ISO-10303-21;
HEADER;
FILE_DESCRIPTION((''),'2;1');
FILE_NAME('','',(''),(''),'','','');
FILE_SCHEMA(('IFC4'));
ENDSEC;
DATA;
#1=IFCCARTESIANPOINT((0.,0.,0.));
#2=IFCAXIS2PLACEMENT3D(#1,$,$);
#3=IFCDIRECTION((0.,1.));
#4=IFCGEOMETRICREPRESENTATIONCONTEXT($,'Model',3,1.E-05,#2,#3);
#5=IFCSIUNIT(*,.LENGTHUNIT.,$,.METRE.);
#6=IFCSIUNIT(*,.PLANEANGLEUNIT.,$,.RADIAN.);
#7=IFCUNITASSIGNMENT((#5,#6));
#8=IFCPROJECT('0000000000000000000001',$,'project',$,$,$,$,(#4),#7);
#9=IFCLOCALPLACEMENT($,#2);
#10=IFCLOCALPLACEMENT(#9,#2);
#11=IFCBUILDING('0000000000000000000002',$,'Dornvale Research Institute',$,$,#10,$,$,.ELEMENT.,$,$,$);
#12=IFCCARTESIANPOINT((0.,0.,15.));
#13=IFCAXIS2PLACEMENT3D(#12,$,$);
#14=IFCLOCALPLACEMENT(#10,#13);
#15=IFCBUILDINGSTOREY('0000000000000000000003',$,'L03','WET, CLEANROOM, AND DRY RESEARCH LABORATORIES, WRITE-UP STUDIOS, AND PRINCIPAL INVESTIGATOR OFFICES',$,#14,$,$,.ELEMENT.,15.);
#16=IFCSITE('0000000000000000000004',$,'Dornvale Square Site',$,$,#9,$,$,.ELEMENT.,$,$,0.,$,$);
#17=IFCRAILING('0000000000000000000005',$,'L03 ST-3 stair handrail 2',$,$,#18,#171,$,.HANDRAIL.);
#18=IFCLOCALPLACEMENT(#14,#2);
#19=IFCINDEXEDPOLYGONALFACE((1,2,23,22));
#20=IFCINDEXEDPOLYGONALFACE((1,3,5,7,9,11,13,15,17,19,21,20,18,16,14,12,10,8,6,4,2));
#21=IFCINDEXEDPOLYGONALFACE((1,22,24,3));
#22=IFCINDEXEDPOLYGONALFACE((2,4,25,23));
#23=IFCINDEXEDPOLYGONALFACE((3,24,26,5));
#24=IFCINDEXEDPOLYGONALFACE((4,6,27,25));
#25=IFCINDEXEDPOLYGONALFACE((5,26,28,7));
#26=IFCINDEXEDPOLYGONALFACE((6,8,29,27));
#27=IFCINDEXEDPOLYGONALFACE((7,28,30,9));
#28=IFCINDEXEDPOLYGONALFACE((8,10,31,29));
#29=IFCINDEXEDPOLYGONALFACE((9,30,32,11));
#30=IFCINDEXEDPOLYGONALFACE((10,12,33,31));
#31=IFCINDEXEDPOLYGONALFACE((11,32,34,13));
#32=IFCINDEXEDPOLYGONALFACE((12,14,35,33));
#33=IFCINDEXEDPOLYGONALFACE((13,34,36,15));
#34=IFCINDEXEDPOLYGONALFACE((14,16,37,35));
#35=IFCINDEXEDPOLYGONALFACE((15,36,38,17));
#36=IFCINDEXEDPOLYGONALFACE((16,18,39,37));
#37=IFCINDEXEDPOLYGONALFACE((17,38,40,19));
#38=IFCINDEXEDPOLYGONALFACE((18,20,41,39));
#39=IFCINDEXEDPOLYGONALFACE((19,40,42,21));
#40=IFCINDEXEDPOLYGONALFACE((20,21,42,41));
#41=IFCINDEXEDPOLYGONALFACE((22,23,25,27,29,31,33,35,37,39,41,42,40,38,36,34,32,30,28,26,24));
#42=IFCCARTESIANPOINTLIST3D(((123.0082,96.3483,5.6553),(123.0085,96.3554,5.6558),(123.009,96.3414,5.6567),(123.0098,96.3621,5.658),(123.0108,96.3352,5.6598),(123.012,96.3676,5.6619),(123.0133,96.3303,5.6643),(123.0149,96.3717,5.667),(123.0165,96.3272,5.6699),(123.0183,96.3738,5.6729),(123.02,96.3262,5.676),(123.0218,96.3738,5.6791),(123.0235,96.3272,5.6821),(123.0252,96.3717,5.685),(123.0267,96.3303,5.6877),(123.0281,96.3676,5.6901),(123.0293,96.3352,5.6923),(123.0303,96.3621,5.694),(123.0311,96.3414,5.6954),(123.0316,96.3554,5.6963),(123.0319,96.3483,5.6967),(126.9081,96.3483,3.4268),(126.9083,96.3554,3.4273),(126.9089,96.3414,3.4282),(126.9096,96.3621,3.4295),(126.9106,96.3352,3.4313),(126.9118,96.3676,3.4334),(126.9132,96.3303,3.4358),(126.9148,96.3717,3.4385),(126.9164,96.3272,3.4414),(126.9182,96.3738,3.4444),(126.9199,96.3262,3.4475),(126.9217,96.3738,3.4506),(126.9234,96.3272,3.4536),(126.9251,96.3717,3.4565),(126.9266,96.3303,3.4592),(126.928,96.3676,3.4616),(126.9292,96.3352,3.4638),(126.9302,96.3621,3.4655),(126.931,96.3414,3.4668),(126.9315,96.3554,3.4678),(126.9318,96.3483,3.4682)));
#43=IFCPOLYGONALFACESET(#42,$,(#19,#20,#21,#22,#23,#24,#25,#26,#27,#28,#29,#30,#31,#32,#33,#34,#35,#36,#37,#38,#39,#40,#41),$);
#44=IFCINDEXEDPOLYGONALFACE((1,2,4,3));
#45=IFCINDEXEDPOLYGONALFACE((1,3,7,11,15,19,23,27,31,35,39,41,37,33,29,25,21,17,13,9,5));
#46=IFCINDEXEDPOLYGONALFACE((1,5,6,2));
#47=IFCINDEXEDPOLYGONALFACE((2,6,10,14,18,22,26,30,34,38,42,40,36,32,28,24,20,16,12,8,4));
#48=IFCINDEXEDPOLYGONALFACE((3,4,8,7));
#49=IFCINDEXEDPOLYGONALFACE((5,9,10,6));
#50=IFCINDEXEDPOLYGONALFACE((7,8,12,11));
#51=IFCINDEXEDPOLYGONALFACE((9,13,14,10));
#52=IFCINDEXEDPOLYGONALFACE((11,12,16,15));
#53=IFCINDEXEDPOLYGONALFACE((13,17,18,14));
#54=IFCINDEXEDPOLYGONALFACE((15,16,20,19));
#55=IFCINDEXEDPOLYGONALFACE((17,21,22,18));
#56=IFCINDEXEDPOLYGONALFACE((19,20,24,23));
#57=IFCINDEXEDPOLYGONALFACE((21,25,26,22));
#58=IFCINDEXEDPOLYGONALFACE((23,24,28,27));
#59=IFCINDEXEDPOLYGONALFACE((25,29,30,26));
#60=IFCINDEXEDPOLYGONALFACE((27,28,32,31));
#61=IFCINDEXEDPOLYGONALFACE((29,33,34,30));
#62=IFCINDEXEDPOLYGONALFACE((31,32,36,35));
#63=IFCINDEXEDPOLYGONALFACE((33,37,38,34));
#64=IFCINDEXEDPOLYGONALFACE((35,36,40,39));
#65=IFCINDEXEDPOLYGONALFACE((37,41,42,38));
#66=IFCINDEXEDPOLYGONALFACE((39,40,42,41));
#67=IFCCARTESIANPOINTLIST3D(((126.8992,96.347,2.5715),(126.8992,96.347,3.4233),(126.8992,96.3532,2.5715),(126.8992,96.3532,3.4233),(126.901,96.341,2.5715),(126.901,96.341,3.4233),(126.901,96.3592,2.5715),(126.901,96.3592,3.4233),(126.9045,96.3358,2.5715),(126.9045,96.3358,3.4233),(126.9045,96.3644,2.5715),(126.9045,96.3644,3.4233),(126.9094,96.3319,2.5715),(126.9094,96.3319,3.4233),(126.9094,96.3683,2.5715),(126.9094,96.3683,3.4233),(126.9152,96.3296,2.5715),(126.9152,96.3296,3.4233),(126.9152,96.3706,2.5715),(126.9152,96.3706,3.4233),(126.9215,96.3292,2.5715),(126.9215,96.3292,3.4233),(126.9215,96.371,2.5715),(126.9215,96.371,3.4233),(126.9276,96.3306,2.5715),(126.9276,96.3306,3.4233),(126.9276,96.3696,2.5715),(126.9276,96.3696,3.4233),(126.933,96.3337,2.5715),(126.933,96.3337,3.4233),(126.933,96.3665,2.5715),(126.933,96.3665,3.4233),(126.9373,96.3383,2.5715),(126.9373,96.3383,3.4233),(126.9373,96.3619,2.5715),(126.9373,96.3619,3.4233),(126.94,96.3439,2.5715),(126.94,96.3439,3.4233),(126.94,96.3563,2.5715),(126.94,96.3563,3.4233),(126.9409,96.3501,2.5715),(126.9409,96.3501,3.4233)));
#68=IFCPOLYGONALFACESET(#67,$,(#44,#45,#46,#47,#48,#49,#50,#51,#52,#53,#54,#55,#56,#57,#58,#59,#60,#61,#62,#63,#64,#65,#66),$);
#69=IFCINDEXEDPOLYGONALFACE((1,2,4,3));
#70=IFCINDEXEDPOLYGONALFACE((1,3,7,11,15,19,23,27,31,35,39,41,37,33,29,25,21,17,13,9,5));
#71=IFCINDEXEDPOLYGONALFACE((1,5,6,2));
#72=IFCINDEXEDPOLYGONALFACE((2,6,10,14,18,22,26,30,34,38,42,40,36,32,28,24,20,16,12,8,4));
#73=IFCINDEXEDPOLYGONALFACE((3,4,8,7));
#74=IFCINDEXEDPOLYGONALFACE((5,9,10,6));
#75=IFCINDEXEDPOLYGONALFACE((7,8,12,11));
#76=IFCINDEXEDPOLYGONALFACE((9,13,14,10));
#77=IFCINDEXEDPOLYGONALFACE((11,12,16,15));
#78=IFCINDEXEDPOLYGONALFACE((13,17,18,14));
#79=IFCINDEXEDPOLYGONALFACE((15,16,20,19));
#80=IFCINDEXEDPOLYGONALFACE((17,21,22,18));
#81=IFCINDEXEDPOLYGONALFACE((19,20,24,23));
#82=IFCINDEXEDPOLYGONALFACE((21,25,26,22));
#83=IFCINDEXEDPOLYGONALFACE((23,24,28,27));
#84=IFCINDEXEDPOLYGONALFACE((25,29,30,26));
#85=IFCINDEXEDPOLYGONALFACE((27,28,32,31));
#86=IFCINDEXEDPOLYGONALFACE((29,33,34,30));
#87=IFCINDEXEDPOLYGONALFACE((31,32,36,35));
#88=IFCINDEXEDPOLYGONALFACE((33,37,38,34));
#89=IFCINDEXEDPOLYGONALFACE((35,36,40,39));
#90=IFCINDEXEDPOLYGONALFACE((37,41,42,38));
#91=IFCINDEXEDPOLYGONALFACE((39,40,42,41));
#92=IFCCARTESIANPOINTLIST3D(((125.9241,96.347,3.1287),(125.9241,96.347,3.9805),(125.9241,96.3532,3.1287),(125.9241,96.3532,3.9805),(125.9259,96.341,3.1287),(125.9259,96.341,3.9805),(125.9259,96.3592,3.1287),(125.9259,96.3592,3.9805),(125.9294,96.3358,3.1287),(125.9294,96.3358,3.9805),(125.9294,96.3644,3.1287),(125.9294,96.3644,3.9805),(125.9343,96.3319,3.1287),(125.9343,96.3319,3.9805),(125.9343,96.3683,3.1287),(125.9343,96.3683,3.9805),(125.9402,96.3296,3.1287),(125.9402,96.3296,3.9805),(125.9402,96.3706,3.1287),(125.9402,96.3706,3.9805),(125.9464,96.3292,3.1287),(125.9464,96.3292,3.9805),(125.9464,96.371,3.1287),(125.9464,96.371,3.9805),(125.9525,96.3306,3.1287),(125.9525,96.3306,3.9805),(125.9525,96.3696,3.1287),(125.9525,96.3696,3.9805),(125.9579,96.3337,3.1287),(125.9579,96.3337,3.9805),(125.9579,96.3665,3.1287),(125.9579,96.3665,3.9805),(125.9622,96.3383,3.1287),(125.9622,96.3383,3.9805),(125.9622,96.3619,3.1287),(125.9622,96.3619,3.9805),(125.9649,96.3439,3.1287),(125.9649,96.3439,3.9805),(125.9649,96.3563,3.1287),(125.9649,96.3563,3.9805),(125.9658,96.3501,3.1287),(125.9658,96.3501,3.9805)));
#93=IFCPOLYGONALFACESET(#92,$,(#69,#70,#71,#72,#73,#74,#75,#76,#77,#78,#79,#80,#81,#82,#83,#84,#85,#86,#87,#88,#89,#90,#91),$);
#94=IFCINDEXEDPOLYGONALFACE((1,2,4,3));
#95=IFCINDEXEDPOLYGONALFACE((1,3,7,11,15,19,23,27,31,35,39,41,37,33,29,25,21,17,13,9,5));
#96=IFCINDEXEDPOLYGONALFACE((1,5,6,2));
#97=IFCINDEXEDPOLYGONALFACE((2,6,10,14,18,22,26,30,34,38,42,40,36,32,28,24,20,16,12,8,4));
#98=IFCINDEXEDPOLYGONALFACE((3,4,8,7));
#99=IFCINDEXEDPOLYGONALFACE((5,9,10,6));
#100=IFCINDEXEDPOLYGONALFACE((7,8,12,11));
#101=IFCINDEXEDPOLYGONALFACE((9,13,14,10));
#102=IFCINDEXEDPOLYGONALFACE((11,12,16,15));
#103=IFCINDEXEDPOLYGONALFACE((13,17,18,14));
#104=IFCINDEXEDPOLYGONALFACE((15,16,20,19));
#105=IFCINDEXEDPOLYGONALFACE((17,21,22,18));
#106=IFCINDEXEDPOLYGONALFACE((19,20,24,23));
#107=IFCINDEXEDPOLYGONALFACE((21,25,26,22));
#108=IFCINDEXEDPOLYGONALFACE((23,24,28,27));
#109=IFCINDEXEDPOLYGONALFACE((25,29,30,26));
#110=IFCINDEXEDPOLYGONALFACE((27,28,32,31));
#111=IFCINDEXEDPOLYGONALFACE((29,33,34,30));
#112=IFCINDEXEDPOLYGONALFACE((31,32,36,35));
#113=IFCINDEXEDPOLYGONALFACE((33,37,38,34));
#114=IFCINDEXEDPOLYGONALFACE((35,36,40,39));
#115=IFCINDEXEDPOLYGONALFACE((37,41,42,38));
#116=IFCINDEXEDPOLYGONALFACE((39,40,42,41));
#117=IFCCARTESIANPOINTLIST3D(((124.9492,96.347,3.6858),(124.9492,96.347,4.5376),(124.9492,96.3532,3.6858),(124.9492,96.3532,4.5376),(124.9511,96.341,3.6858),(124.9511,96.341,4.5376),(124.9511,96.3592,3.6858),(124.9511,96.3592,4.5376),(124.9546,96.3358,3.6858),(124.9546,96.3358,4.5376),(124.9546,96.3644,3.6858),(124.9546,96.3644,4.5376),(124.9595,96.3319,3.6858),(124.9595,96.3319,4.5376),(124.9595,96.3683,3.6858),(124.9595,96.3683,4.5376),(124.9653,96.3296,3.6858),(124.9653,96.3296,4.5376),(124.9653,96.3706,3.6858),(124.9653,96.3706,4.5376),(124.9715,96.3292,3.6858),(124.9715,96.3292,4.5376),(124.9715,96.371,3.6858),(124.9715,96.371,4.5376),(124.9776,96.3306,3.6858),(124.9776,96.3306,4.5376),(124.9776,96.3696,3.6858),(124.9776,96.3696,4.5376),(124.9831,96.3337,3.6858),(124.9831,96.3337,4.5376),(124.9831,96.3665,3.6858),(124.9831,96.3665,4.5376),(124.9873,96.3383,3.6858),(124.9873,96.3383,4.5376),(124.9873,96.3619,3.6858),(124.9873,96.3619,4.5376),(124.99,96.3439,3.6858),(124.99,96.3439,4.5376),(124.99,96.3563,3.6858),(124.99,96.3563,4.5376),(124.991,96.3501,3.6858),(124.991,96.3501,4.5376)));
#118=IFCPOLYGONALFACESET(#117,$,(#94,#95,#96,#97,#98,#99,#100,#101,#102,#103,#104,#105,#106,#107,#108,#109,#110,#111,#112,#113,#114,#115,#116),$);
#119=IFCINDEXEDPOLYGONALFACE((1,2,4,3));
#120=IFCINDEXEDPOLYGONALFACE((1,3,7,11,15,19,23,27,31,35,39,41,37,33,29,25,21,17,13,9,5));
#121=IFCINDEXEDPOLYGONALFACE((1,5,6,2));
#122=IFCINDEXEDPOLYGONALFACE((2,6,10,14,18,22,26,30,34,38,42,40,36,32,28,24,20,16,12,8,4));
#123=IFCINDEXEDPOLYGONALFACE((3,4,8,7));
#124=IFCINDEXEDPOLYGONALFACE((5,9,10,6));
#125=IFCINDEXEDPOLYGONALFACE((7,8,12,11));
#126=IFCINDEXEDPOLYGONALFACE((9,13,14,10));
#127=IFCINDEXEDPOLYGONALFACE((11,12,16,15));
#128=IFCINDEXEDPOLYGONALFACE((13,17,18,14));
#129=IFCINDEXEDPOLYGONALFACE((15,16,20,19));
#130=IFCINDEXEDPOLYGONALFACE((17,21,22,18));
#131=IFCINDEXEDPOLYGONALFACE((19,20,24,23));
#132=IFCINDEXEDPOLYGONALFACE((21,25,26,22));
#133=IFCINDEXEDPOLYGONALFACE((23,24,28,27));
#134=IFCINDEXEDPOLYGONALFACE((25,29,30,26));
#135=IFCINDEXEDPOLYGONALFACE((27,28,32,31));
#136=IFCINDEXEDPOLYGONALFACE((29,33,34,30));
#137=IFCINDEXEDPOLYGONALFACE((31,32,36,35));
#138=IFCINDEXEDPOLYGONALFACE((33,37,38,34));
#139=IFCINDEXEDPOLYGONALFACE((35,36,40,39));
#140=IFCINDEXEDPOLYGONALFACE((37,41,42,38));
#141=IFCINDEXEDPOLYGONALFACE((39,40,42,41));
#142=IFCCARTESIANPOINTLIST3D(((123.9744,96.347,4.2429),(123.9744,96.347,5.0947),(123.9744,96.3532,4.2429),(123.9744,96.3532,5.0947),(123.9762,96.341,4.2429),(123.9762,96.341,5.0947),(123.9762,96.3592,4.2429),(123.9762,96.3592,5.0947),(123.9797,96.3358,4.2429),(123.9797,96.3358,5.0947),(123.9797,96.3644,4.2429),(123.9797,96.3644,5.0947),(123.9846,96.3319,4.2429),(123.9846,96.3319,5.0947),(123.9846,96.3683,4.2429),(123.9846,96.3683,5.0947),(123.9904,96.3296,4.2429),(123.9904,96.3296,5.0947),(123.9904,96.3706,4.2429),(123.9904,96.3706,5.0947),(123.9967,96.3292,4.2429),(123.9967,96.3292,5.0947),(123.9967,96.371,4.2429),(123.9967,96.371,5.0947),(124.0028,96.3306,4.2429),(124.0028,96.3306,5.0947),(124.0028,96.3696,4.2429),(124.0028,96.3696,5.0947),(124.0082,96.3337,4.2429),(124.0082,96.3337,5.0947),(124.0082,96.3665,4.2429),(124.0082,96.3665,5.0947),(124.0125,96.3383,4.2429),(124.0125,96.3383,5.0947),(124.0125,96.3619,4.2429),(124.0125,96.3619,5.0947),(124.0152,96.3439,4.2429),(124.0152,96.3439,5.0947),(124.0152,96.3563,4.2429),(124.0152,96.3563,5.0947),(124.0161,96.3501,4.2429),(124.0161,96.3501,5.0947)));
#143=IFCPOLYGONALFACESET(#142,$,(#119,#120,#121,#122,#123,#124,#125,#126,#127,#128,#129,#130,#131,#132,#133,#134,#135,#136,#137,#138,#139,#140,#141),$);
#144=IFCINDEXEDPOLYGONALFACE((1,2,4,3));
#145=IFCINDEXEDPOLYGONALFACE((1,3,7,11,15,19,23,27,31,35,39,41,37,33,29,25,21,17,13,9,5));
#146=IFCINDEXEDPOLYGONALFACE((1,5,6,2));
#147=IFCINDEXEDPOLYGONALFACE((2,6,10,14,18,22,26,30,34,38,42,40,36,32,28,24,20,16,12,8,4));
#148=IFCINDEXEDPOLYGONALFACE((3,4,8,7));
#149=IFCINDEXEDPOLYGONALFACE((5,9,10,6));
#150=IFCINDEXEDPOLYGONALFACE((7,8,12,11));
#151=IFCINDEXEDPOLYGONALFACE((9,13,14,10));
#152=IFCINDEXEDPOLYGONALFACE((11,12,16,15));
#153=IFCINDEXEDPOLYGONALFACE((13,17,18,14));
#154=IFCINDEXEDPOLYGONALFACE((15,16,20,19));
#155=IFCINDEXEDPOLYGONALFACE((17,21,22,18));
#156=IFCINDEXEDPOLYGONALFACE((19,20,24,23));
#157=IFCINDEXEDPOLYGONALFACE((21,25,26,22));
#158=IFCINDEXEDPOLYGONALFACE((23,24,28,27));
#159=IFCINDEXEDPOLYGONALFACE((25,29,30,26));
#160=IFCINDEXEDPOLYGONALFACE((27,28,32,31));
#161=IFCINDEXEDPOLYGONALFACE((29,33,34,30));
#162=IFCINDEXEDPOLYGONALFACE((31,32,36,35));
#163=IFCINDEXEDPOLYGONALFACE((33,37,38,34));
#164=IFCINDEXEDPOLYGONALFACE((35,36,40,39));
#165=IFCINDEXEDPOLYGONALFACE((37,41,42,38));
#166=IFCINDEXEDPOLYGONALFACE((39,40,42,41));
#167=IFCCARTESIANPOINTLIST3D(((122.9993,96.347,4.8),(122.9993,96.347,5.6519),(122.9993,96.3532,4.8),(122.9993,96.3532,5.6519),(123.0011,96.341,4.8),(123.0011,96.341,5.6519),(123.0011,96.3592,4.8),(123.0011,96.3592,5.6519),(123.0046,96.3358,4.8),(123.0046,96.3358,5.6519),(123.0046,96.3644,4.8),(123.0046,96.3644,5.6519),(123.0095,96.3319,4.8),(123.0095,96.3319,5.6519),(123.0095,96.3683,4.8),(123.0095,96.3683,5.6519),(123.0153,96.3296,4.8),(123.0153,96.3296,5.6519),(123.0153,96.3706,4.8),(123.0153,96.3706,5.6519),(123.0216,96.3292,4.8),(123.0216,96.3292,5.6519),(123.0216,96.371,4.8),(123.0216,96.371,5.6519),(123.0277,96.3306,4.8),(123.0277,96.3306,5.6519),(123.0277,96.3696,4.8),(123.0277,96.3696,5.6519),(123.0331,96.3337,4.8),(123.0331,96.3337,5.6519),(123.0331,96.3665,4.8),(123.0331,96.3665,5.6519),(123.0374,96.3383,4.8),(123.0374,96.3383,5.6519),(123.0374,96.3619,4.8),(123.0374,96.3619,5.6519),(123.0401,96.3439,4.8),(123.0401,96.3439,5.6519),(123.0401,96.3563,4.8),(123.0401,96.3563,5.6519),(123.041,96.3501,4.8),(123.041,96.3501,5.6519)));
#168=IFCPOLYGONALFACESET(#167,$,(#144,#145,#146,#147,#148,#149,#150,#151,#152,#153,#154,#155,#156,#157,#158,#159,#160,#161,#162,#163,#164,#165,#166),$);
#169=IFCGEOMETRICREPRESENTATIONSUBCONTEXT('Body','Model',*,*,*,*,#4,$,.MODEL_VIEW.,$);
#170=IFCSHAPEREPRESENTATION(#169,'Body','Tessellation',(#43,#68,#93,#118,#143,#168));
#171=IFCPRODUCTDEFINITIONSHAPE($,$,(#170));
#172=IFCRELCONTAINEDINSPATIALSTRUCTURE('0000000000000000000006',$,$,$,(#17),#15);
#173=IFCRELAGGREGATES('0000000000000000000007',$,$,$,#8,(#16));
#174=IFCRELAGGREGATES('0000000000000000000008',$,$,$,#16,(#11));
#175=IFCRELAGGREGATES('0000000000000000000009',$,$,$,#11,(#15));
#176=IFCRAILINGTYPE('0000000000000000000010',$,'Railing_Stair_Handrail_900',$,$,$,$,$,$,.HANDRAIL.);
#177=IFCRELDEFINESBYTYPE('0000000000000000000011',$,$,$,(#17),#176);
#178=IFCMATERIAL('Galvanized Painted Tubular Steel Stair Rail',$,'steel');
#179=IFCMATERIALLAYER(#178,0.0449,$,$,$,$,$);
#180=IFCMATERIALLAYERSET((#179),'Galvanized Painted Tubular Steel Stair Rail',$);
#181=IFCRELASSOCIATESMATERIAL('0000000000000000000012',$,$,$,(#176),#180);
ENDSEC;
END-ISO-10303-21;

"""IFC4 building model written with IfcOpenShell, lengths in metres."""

from ifc_helpers import new_model, si_unit, direction, frame, origin, origin_2d, place, context, subcontext, project, spatial, circle, extrude, material, layer, layer_set, type_object, element, save


model = new_model("IFC4")

# Units and contexts
model_context = context("Model", 3, precision=1e-05, world=origin(), true_north=direction((0.0, 1.0)))
body_context = subcontext(model_context, "Body", "Model", "MODEL_VIEW")
ifc_project = project(units=[si_unit("LENGTHUNIT", "METRE"), si_unit("PLANEANGLEUNIT", "RADIAN")], contexts=[model_context])

# Site, building, storey
site_placement = place(None, origin())
site = spatial("IfcSite", under=ifc_project, at=site_placement, Name="Dornvale Square Site", CompositionType="ELEMENT", RefElevation=0.0)
building_placement = place(site_placement, origin())
building = spatial("IfcBuilding", under=site, at=building_placement, Name="Dornvale Research Institute", CompositionType="ELEMENT")
storey_placement = place(building_placement, frame((0.0, 0.0, 15.0)))
storey = spatial("IfcBuildingStorey", under=building, at=storey_placement, Name="L03", Description="WET, CLEANROOM, AND DRY RESEARCH LABORATORIES, WRITE-UP STUDIOS, AND PRINCIPAL INVESTIGATOR OFFICES", CompositionType="ELEMENT", Elevation=15.0)

# Railing
ifc_material_1 = material(Name="Galvanized Painted Tubular Steel Stair Rail", Category="steel")
ifc_layer_1 = layer(ifc_material_1, 0.0449)
ifc_layer_set_1 = layer_set([ifc_layer_1], Name="Galvanized Painted Tubular Steel Stair Rail")
railing_type_1 = type_object("IfcRailingType", Name="Railing_Stair_Handrail_900", PredefinedType="HANDRAIL", material=ifc_layer_set_1)
railing_1_placement = place(storey_placement, frame((126.9199, 96.3501, 2.5715)))
element("IfcRailing", 1, at=railing_1_placement, inside=storey, type_object=railing_type_1, Name="L03 ST-3 stair handrail 2", PredefinedType="HANDRAIL", context=body_context, shape_type="SweptSolid", body=[
    extrude(circle(Radius=0.0239, at=origin_2d()), frame((0.0, 0.0, 0.876), z_axis=(-0.868243, 0.0, 0.496139), x_axis=(0.0, -1.0, 0.0)), (0.0, 0.0, 1.0), 4.4917),
    extrude(circle(Radius=0.021, at=origin_2d()), origin(), (0.0, 0.0, 1.0), 0.8518),
    extrude(circle(Radius=0.021, at=origin_2d()), frame((-0.9751, 0.0, 0.5571)), (0.0, 0.0, 1.0), 0.8518),
    extrude(circle(Radius=0.021, at=origin_2d()), frame((-1.95, 0.0, 1.1143)), (0.0, 0.0, 1.0), 0.8518),
    extrude(circle(Radius=0.021, at=origin_2d()), frame((-2.9248, 0.0, 1.6714)), (0.0, 0.0, 1.0), 0.8518),
    extrude(circle(Radius=0.021, at=origin_2d()), frame((-3.8999, 0.0, 2.2285)), (0.0, 0.0, 1.0), 0.8518),
])

save(model, "model.ifc")
